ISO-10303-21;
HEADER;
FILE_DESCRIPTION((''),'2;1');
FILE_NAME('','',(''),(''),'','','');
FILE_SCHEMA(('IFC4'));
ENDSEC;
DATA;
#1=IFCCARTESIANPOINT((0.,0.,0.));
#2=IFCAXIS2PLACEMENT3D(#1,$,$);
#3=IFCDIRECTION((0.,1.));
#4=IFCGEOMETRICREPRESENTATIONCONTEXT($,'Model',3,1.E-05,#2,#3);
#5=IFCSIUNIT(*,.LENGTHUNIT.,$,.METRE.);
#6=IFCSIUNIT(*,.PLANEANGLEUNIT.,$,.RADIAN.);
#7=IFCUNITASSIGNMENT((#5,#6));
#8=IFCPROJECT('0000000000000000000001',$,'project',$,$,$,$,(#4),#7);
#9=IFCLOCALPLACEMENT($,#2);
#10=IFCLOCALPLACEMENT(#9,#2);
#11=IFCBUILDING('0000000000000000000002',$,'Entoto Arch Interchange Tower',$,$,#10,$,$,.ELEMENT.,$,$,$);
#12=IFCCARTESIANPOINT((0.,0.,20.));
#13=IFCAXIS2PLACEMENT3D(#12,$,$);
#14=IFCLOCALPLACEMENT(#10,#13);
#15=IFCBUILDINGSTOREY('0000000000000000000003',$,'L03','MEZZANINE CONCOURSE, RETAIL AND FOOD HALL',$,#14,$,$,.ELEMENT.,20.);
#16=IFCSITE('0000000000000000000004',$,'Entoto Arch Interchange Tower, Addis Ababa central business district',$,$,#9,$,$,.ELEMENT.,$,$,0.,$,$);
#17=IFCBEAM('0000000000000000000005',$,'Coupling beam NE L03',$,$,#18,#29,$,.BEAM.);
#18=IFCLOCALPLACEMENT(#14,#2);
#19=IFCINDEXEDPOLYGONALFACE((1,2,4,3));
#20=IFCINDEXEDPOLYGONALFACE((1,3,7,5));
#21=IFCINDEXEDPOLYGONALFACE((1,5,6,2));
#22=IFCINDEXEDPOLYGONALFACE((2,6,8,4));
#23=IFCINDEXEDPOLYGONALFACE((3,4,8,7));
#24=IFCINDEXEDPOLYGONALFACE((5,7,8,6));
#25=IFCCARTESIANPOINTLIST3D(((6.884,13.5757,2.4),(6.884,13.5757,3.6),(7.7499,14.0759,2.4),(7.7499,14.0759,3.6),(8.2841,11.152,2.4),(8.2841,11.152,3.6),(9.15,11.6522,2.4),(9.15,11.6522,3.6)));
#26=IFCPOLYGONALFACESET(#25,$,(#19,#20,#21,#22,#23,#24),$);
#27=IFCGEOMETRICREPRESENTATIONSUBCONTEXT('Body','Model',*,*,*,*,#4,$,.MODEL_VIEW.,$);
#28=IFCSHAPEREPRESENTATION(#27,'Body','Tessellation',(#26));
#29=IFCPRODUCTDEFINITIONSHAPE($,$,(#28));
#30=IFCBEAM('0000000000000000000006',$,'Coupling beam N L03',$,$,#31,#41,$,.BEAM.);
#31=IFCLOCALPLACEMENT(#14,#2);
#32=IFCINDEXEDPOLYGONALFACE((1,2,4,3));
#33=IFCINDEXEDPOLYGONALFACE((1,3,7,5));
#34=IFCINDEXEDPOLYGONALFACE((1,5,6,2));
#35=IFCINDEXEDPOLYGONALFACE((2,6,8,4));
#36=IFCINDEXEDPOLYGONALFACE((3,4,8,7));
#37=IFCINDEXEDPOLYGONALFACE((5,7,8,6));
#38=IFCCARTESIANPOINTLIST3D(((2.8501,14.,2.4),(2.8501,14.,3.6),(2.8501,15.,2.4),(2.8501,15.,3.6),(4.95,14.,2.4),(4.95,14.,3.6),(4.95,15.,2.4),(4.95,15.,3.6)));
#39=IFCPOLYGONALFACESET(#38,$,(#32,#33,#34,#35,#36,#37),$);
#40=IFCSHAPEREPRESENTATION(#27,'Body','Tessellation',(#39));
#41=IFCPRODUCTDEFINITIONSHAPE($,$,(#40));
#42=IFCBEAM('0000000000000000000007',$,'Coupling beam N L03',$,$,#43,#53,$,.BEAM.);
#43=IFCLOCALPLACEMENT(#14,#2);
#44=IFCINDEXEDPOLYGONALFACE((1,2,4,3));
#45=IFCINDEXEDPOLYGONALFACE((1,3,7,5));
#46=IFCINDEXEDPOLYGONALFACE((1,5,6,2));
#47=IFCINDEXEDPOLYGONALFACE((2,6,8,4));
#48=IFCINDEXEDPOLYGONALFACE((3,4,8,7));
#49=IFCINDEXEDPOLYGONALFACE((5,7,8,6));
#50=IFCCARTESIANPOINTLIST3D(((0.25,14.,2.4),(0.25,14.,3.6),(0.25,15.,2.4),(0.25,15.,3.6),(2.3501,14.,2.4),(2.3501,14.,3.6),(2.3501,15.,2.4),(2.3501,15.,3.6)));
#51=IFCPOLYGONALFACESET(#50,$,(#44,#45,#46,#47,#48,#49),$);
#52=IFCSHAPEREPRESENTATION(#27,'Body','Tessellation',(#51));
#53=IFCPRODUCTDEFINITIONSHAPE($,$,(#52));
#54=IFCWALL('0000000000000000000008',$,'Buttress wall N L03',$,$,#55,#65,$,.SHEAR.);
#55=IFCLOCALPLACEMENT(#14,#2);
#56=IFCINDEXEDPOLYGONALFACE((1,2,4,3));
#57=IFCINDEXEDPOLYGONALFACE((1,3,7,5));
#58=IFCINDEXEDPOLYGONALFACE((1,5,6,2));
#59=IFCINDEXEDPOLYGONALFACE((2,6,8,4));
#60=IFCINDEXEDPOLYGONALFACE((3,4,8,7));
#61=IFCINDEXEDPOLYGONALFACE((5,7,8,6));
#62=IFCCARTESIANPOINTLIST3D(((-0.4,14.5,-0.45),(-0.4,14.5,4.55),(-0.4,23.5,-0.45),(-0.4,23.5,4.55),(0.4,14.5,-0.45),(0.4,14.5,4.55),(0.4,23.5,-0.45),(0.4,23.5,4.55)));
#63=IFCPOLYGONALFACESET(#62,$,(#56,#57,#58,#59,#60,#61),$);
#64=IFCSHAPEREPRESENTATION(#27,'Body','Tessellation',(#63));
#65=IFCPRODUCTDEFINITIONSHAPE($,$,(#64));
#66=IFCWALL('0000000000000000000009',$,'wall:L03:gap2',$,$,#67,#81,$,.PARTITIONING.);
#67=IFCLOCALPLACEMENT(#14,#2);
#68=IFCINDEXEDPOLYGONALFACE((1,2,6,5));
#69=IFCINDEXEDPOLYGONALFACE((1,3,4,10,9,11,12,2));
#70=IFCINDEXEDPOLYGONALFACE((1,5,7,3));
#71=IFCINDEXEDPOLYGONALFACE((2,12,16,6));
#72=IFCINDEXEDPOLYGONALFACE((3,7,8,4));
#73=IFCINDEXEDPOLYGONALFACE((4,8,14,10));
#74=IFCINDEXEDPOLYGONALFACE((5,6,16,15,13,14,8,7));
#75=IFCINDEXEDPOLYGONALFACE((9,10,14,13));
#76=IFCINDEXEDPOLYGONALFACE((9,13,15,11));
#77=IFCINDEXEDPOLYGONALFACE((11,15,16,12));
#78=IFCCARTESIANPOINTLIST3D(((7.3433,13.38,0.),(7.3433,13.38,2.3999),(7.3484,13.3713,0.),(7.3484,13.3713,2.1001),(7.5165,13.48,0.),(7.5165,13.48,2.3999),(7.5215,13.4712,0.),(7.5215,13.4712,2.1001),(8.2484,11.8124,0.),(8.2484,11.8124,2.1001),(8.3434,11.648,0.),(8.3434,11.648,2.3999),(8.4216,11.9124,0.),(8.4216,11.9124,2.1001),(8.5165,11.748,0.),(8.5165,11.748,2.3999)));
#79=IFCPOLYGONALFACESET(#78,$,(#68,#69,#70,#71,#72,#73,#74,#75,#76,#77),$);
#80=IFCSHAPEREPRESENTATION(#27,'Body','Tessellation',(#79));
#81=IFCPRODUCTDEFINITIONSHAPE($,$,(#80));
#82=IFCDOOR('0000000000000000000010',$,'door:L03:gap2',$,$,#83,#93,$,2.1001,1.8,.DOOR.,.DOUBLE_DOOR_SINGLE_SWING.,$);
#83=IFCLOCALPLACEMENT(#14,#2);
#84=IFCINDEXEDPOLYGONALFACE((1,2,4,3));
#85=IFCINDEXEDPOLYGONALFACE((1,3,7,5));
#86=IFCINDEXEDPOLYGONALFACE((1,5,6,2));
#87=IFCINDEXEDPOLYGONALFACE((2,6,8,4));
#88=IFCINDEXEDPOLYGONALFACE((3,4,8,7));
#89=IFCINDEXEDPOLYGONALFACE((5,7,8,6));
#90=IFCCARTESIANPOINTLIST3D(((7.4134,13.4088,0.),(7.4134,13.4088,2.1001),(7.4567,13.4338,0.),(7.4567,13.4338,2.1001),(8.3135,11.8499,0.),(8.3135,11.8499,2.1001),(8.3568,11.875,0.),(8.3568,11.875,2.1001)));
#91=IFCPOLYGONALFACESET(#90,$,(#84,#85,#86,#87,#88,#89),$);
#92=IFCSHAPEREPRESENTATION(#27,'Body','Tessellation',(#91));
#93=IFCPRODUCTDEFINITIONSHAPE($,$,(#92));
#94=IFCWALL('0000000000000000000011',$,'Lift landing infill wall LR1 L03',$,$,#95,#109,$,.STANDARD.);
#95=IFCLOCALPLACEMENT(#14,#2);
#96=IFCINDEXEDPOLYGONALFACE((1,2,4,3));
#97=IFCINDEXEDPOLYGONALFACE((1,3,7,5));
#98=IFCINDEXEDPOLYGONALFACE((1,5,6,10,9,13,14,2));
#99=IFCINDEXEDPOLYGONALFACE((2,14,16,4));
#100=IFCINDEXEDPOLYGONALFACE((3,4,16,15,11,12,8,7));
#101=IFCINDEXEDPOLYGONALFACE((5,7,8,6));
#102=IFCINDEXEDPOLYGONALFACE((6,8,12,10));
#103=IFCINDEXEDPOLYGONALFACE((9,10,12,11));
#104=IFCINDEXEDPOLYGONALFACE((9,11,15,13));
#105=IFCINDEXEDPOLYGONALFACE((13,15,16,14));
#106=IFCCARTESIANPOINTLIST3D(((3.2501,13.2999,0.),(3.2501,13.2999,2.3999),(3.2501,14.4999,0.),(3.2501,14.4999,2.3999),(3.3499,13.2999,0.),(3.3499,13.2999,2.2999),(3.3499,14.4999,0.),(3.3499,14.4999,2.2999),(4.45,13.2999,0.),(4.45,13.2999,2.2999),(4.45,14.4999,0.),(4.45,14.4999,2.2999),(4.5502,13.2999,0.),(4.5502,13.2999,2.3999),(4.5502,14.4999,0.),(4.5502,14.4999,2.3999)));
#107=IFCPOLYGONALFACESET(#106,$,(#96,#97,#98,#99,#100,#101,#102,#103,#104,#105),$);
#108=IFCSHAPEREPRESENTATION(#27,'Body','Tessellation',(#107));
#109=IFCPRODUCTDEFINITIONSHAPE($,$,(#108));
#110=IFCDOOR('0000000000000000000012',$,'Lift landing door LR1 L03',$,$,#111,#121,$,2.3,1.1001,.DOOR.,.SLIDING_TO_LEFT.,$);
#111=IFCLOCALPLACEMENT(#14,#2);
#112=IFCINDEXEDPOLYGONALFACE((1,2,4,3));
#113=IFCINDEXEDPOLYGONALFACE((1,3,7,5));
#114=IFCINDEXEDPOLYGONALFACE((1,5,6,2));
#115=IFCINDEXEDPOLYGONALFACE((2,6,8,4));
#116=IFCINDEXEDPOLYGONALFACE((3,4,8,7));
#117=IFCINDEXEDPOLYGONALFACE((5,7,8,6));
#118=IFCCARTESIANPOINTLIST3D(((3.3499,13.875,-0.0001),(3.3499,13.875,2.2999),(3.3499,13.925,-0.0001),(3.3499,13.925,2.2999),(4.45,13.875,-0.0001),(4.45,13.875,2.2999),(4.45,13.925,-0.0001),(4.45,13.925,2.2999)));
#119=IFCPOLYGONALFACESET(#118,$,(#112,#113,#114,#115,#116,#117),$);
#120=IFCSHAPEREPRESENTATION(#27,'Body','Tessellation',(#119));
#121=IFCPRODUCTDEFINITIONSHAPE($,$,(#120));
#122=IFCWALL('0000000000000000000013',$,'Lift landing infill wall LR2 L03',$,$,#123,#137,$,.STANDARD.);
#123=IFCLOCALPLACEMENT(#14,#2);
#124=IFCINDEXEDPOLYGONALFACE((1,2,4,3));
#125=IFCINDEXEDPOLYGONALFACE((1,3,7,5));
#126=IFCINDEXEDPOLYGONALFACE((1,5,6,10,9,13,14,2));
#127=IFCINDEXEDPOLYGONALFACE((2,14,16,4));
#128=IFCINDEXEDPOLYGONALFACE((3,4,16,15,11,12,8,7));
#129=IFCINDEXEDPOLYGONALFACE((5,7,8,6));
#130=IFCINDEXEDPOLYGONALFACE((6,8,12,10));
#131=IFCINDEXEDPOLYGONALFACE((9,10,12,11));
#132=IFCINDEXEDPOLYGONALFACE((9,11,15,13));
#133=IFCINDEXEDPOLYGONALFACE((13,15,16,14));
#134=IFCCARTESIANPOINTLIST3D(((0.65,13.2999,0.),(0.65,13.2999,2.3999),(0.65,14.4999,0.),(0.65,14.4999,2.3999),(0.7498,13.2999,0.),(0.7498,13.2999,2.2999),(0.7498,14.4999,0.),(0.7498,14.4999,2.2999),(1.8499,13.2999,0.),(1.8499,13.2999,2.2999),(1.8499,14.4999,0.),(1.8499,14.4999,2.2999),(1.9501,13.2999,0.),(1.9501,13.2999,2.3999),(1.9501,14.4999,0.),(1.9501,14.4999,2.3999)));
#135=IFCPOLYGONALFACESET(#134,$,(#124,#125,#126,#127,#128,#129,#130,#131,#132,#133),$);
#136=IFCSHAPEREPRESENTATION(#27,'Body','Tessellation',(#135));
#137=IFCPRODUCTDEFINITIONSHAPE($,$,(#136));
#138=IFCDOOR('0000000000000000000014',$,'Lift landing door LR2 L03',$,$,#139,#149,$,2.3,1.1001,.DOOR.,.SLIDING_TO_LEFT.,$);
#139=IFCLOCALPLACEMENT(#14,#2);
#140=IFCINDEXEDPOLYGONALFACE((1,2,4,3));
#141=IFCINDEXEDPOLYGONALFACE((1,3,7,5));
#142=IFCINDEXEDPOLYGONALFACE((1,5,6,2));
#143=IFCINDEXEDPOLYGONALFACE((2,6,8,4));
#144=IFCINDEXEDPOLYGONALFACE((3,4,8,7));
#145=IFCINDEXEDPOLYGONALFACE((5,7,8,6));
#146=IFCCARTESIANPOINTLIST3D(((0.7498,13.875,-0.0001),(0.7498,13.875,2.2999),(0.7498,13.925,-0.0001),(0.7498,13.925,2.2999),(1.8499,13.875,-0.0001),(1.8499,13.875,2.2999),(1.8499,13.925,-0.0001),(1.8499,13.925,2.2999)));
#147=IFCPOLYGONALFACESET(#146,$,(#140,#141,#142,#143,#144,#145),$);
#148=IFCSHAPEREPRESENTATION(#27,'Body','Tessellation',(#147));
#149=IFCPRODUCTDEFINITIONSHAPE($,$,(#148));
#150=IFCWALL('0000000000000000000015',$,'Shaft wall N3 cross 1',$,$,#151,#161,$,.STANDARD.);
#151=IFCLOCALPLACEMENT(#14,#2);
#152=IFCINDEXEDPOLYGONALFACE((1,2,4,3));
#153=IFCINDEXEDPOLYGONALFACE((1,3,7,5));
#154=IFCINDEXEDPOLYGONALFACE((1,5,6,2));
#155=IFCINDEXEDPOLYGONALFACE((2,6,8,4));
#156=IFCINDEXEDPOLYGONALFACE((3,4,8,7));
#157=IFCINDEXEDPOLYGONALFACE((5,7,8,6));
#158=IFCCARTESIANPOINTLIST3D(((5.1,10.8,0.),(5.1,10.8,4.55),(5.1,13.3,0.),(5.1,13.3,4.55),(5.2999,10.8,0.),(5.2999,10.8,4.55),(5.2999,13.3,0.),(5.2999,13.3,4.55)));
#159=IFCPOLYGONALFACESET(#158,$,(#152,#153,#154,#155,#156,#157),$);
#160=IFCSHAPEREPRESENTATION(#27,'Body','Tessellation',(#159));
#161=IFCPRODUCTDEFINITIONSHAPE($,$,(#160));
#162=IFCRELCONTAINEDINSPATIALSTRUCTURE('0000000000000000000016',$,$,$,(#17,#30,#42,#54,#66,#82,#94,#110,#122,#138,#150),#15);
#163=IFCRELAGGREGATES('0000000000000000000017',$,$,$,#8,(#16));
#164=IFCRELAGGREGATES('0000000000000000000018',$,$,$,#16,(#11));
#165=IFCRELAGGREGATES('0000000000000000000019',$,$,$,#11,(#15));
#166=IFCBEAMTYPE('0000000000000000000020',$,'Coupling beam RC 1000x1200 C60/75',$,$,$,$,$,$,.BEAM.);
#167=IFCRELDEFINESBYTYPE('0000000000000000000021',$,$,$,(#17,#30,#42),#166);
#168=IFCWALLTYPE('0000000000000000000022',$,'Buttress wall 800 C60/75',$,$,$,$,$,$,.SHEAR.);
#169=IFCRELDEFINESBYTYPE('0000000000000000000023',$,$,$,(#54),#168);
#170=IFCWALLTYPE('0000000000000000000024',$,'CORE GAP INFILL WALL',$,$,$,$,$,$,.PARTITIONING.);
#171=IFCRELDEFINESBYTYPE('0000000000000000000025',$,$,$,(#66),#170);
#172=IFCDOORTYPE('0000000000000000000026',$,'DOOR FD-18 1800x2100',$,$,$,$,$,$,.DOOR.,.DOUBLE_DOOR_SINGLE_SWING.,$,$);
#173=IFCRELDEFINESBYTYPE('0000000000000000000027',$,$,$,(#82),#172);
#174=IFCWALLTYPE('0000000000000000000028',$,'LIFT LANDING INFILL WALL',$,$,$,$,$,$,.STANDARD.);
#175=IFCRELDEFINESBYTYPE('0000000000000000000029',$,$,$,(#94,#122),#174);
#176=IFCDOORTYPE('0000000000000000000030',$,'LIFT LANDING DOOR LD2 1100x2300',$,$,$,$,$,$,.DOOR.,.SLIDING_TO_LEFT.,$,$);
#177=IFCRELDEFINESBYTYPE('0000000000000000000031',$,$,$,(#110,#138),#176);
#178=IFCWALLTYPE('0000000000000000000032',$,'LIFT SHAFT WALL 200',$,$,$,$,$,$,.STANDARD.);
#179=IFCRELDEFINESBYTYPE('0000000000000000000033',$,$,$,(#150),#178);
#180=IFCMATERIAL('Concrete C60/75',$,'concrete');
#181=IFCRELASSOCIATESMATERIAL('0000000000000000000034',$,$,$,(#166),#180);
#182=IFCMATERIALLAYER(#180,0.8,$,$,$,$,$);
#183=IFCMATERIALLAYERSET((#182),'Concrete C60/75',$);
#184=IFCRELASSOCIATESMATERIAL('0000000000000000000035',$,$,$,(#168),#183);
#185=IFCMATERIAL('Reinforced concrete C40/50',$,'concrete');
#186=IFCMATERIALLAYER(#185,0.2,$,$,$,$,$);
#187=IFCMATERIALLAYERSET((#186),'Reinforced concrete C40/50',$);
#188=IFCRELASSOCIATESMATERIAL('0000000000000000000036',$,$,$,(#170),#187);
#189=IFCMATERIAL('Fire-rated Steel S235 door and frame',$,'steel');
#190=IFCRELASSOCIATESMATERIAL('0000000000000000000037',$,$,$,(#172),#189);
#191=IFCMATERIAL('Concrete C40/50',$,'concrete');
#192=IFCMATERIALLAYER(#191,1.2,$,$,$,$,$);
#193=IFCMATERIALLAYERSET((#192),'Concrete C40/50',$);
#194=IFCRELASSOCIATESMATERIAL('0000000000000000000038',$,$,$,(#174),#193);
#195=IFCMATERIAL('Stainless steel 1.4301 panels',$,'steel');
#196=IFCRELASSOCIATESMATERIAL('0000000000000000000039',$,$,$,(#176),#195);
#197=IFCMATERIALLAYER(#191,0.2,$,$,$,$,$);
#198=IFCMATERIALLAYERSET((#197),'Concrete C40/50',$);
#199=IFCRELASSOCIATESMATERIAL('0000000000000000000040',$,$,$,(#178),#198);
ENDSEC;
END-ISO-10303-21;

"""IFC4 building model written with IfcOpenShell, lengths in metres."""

from ifc_helpers import new_model, si_unit, direction, frame, frame_2d, origin, origin_2d, place, context, subcontext, project, spatial, rectangle, extrude, material, layer, layer_set, material_profile, profile_set, type_object, element, fill, save


model = new_model("IFC4")

# Units and contexts
model_context = context("Model", 3, precision=1e-05, world=origin(), true_north=direction((0.0, 1.0)))
body_context = subcontext(model_context, "Body", "Model", "MODEL_VIEW")
ifc_project = project(units=[si_unit("LENGTHUNIT", "METRE"), si_unit("PLANEANGLEUNIT", "RADIAN")], contexts=[model_context])

# Site, building, storey
site_placement = place(None, origin())
site = spatial("IfcSite", under=ifc_project, at=site_placement, Name="Entoto Arch Interchange Tower, Addis Ababa central business district", CompositionType="ELEMENT", RefElevation=0.0)
building_placement = place(site_placement, origin())
building = spatial("IfcBuilding", under=site, at=building_placement, Name="Entoto Arch Interchange Tower", CompositionType="ELEMENT")
storey_placement = place(building_placement, frame((0.0, 0.0, 20.0)))
storey = spatial("IfcBuildingStorey", under=building, at=storey_placement, Name="L03", Description="MEZZANINE CONCOURSE, RETAIL AND FOOD HALL", CompositionType="ELEMENT", Elevation=20.0)

# Beams
ifc_material_1 = material(Name="Concrete C60/75", Category="concrete")
ifc_material_profile = material_profile(ifc_material_1, rectangle(XDim=1.0, YDim=1.2, at=origin_2d()))
ifc_profile_set = profile_set([ifc_material_profile], Name="Concrete C60/75")
beam_type = type_object("IfcBeamType", Name="Coupling beam RC 1000x1200 C60/75", PredefinedType="BEAM", material=ifc_profile_set)
beam_1_placement = place(storey_placement, frame((8.717, 11.4021, 3.0), z_axis=(-0.500201, 0.86591, 0.0), x_axis=(-0.86591, -0.500201, 0.0)))
element("IfcBeam", 1, at=beam_1_placement, inside=storey, type_object=beam_type, Name="Coupling beam NE L03", PredefinedType="BEAM", context=body_context, shape_type="SweptSolid", body=[
    extrude(rectangle(XDim=1.0, YDim=1.2, at=origin_2d()), origin(), (0.0, 0.0, 1.0), 2.7991),
])
beam_2_placement = place(storey_placement, frame((4.95, 14.5, 3.0), z_axis=(-1.0, 0.0, 0.0), x_axis=(0.0, -1.0, 0.0)))
element("IfcBeam", 2, at=beam_2_placement, inside=storey, type_object=beam_type, Name="Coupling beam N L03", PredefinedType="BEAM", context=body_context, shape_type="SweptSolid", body=[
    extrude(rectangle(XDim=1.0, YDim=1.2, at=origin_2d()), origin(), (0.0, 0.0, 1.0), 2.0999),
])
beam_3_placement = place(storey_placement, frame((2.3501, 14.5, 3.0), z_axis=(-1.0, 0.0, 0.0), x_axis=(0.0, -1.0, 0.0)))
element("IfcBeam", 3, at=beam_3_placement, inside=storey, type_object=beam_type, Name="Coupling beam N L03", PredefinedType="BEAM", context=body_context, shape_type="SweptSolid", body=[
    extrude(rectangle(XDim=1.0, YDim=1.2, at=origin_2d()), origin(), (0.0, 0.0, 1.0), 2.1001),
])

# Wall
ifc_layer_1 = layer(ifc_material_1, 0.8)
ifc_layer_set_1 = layer_set([ifc_layer_1], Name="Concrete C60/75")
wall_type_1 = type_object("IfcWallType", Name="Buttress wall 800 C60/75", PredefinedType="SHEAR", material=ifc_layer_set_1)
wall_1_placement = place(storey_placement, frame((0.0, 14.5, -0.45), z_axis=(0.0, 0.0, 1.0), x_axis=(0.0, 1.0, 0.0)))
element("IfcWall", 4, at=wall_1_placement, inside=storey, type_object=wall_type_1, Name="Buttress wall N L03", PredefinedType="SHEAR", context=body_context, shape_type="SweptSolid", body=[
    extrude(rectangle(XDim=9.0, YDim=0.8, at=frame_2d((4.5, 0.0))), origin(), (0.0, 0.0, 1.0), 5.0),
])

# Walls, openings, doors
ifc_material_2 = material(Name="Reinforced concrete C40/50", Category="concrete")
ifc_layer_2 = layer(ifc_material_2, 0.2)
ifc_layer_set_2 = layer_set([ifc_layer_2], Name="Reinforced concrete C40/50")
wall_type_2 = type_object("IfcWallType", Name="CORE GAP INFILL WALL", PredefinedType="PARTITIONING", material=ifc_layer_set_2)
wall_2_placement = place(storey_placement, frame((8.4299, 11.698, 0.0), z_axis=(0.0, 0.0, 1.0), x_axis=(-0.500025, 0.866011, 0.0)))
wall_2 = element("IfcWall", 5, at=wall_2_placement, inside=storey, type_object=wall_type_2, Name="wall:L03:gap2", PredefinedType="PARTITIONING", context=body_context, shape_type="SweptSolid", body=[
    extrude(rectangle(XDim=2.0, YDim=0.2, at=frame_2d((1.0, 0.0))), origin(), (0.0, 0.0, 1.0), 2.3999),
])
opening_1_placement = place(wall_2_placement, frame((0.1899, 0.0, 0.0)))
opening_1 = element("IfcOpeningElement", 6, at=opening_1_placement, cuts=wall_2, PredefinedType="OPENING", context=body_context, shape_type="SweptSolid", body=[
    extrude(rectangle(XDim=1.8, YDim=2.1001, at=frame_2d((0.8999, 1.05))), frame((0.0, 0.1099, 0.0), z_axis=(0.0, -1.0, 0.0), x_axis=(1.0, 0.0, 0.0)), (0.0, 0.0, 1.0), 0.22),
])
ifc_material_3 = material(Name="Fire-rated Steel S235 door and frame", Category="steel")
door_type_1 = type_object("IfcDoorType", Name="DOOR FD-18 1800x2100", OperationType="DOUBLE_DOOR_SINGLE_SWING", PredefinedType="DOOR", material=ifc_material_3)
door_1_placement = place(opening_1_placement, origin())
door_1 = element("IfcDoor", 7, at=door_1_placement, inside=storey, type_object=door_type_1, Name="door:L03:gap2", OperationType="DOUBLE_DOOR_SINGLE_SWING", OverallHeight=2.1001, OverallWidth=1.8, PredefinedType="DOOR", context=body_context, shape_type="SweptSolid", body=[
    extrude(rectangle(XDim=1.8, YDim=2.1001, at=frame_2d((0.8999, 1.05))), frame((0.0, 0.0249, 0.0), z_axis=(0.0, -1.0, 0.0), x_axis=(1.0, 0.0, 0.0)), (0.0, 0.0, 1.0), 0.05),
])
fill(opening_1, door_1)
ifc_material_4 = material(Name="Concrete C40/50", Category="concrete")
ifc_layer_3 = layer(ifc_material_4, 1.2)
ifc_layer_set_3 = layer_set([ifc_layer_3], Name="Concrete C40/50")
wall_type_3 = type_object("IfcWallType", Name="LIFT LANDING INFILL WALL", PredefinedType="STANDARD", material=ifc_layer_set_3)
wall_3_placement = place(storey_placement, frame((4.55, 13.8999, 0.0), z_axis=(0.0, 0.0, 1.0), x_axis=(-1.0, 0.0, 0.0)))
wall_3 = element("IfcWall", 8, at=wall_3_placement, inside=storey, type_object=wall_type_3, Name="Lift landing infill wall LR1 L03", PredefinedType="STANDARD", context=body_context, shape_type="SweptSolid", body=[
    extrude(rectangle(XDim=1.3, YDim=1.2, at=frame_2d((0.6499, 0.0))), origin(), (0.0, 0.0, 1.0), 2.3999),
])
opening_2_placement = place(wall_3_placement, frame((0.1001, 0.0, 0.0)))
opening_2 = element("IfcOpeningElement", 9, at=opening_2_placement, cuts=wall_3, PredefinedType="OPENING", context=body_context, shape_type="SweptSolid", body=[
    extrude(rectangle(XDim=1.1001, YDim=2.3, at=frame_2d((0.55, 1.1499))), frame((0.0, 0.6099, 0.0), z_axis=(0.0, -1.0, 0.0), x_axis=(1.0, 0.0, 0.0)), (0.0, 0.0, 1.0), 1.22),
])
ifc_material_5 = material(Name="Stainless steel 1.4301 panels", Category="steel")
door_type_2 = type_object("IfcDoorType", Name="LIFT LANDING DOOR LD2 1100x2300", OperationType="SLIDING_TO_LEFT", PredefinedType="DOOR", material=ifc_material_5)
door_2_placement = place(opening_2_placement, origin())
door_2 = element("IfcDoor", 10, at=door_2_placement, inside=storey, type_object=door_type_2, Name="Lift landing door LR1 L03", OperationType="SLIDING_TO_LEFT", OverallHeight=2.3, OverallWidth=1.1001, PredefinedType="DOOR", context=body_context, shape_type="SweptSolid", body=[
    extrude(rectangle(XDim=1.1001, YDim=2.3, at=frame_2d((0.55, 1.1499))), frame((0.0, 0.0249, 0.0), z_axis=(0.0, -1.0, 0.0), x_axis=(1.0, 0.0, 0.0)), (0.0, 0.0, 1.0), 0.05),
])
fill(opening_2, door_2)
wall_4_placement = place(storey_placement, frame((1.95, 13.8999, 0.0), z_axis=(0.0, 0.0, 1.0), x_axis=(-1.0, 0.0, 0.0)))
wall_4 = element("IfcWall", 11, at=wall_4_placement, inside=storey, type_object=wall_type_3, Name="Lift landing infill wall LR2 L03", PredefinedType="STANDARD", context=body_context, shape_type="SweptSolid", body=[
    extrude(rectangle(XDim=1.3, YDim=1.2, at=frame_2d((0.6499, 0.0))), origin(), (0.0, 0.0, 1.0), 2.3999),
])
opening_3_placement = place(wall_4_placement, frame((0.1001, 0.0, 0.0)))
opening_3 = element("IfcOpeningElement", 12, at=opening_3_placement, cuts=wall_4, PredefinedType="OPENING", context=body_context, shape_type="SweptSolid", body=[
    extrude(rectangle(XDim=1.1001, YDim=2.3, at=frame_2d((0.55, 1.1499))), frame((0.0, 0.6099, 0.0), z_axis=(0.0, -1.0, 0.0), x_axis=(1.0, 0.0, 0.0)), (0.0, 0.0, 1.0), 1.22),
])
door_3_placement = place(opening_3_placement, origin())
door_3 = element("IfcDoor", 13, at=door_3_placement, inside=storey, type_object=door_type_2, Name="Lift landing door LR2 L03", OperationType="SLIDING_TO_LEFT", OverallHeight=2.3, OverallWidth=1.1001, PredefinedType="DOOR", context=body_context, shape_type="SweptSolid", body=[
    extrude(rectangle(XDim=1.1001, YDim=2.3, at=frame_2d((0.55, 1.1499))), frame((0.0, 0.0249, 0.0), z_axis=(0.0, -1.0, 0.0), x_axis=(1.0, 0.0, 0.0)), (0.0, 0.0, 1.0), 0.05),
])
fill(opening_3, door_3)

# Wall
ifc_layer_4 = layer(ifc_material_4, 0.2)
ifc_layer_set_4 = layer_set([ifc_layer_4], Name="Concrete C40/50")
wall_type_4 = type_object("IfcWallType", Name="LIFT SHAFT WALL 200", PredefinedType="STANDARD", material=ifc_layer_set_4)
wall_5_placement = place(storey_placement, frame((5.2, 10.8, 0.0), z_axis=(0.0, 0.0, 1.0), x_axis=(0.0, 1.0, 0.0)))
element("IfcWall", 14, at=wall_5_placement, inside=storey, type_object=wall_type_4, Name="Shaft wall N3 cross 1", PredefinedType="STANDARD", context=body_context, shape_type="SweptSolid", body=[
    extrude(rectangle(XDim=2.5, YDim=0.2, at=frame_2d((1.25, 0.0))), origin(), (0.0, 0.0, 1.0), 4.55),
])

save(model, "model.ifc")
